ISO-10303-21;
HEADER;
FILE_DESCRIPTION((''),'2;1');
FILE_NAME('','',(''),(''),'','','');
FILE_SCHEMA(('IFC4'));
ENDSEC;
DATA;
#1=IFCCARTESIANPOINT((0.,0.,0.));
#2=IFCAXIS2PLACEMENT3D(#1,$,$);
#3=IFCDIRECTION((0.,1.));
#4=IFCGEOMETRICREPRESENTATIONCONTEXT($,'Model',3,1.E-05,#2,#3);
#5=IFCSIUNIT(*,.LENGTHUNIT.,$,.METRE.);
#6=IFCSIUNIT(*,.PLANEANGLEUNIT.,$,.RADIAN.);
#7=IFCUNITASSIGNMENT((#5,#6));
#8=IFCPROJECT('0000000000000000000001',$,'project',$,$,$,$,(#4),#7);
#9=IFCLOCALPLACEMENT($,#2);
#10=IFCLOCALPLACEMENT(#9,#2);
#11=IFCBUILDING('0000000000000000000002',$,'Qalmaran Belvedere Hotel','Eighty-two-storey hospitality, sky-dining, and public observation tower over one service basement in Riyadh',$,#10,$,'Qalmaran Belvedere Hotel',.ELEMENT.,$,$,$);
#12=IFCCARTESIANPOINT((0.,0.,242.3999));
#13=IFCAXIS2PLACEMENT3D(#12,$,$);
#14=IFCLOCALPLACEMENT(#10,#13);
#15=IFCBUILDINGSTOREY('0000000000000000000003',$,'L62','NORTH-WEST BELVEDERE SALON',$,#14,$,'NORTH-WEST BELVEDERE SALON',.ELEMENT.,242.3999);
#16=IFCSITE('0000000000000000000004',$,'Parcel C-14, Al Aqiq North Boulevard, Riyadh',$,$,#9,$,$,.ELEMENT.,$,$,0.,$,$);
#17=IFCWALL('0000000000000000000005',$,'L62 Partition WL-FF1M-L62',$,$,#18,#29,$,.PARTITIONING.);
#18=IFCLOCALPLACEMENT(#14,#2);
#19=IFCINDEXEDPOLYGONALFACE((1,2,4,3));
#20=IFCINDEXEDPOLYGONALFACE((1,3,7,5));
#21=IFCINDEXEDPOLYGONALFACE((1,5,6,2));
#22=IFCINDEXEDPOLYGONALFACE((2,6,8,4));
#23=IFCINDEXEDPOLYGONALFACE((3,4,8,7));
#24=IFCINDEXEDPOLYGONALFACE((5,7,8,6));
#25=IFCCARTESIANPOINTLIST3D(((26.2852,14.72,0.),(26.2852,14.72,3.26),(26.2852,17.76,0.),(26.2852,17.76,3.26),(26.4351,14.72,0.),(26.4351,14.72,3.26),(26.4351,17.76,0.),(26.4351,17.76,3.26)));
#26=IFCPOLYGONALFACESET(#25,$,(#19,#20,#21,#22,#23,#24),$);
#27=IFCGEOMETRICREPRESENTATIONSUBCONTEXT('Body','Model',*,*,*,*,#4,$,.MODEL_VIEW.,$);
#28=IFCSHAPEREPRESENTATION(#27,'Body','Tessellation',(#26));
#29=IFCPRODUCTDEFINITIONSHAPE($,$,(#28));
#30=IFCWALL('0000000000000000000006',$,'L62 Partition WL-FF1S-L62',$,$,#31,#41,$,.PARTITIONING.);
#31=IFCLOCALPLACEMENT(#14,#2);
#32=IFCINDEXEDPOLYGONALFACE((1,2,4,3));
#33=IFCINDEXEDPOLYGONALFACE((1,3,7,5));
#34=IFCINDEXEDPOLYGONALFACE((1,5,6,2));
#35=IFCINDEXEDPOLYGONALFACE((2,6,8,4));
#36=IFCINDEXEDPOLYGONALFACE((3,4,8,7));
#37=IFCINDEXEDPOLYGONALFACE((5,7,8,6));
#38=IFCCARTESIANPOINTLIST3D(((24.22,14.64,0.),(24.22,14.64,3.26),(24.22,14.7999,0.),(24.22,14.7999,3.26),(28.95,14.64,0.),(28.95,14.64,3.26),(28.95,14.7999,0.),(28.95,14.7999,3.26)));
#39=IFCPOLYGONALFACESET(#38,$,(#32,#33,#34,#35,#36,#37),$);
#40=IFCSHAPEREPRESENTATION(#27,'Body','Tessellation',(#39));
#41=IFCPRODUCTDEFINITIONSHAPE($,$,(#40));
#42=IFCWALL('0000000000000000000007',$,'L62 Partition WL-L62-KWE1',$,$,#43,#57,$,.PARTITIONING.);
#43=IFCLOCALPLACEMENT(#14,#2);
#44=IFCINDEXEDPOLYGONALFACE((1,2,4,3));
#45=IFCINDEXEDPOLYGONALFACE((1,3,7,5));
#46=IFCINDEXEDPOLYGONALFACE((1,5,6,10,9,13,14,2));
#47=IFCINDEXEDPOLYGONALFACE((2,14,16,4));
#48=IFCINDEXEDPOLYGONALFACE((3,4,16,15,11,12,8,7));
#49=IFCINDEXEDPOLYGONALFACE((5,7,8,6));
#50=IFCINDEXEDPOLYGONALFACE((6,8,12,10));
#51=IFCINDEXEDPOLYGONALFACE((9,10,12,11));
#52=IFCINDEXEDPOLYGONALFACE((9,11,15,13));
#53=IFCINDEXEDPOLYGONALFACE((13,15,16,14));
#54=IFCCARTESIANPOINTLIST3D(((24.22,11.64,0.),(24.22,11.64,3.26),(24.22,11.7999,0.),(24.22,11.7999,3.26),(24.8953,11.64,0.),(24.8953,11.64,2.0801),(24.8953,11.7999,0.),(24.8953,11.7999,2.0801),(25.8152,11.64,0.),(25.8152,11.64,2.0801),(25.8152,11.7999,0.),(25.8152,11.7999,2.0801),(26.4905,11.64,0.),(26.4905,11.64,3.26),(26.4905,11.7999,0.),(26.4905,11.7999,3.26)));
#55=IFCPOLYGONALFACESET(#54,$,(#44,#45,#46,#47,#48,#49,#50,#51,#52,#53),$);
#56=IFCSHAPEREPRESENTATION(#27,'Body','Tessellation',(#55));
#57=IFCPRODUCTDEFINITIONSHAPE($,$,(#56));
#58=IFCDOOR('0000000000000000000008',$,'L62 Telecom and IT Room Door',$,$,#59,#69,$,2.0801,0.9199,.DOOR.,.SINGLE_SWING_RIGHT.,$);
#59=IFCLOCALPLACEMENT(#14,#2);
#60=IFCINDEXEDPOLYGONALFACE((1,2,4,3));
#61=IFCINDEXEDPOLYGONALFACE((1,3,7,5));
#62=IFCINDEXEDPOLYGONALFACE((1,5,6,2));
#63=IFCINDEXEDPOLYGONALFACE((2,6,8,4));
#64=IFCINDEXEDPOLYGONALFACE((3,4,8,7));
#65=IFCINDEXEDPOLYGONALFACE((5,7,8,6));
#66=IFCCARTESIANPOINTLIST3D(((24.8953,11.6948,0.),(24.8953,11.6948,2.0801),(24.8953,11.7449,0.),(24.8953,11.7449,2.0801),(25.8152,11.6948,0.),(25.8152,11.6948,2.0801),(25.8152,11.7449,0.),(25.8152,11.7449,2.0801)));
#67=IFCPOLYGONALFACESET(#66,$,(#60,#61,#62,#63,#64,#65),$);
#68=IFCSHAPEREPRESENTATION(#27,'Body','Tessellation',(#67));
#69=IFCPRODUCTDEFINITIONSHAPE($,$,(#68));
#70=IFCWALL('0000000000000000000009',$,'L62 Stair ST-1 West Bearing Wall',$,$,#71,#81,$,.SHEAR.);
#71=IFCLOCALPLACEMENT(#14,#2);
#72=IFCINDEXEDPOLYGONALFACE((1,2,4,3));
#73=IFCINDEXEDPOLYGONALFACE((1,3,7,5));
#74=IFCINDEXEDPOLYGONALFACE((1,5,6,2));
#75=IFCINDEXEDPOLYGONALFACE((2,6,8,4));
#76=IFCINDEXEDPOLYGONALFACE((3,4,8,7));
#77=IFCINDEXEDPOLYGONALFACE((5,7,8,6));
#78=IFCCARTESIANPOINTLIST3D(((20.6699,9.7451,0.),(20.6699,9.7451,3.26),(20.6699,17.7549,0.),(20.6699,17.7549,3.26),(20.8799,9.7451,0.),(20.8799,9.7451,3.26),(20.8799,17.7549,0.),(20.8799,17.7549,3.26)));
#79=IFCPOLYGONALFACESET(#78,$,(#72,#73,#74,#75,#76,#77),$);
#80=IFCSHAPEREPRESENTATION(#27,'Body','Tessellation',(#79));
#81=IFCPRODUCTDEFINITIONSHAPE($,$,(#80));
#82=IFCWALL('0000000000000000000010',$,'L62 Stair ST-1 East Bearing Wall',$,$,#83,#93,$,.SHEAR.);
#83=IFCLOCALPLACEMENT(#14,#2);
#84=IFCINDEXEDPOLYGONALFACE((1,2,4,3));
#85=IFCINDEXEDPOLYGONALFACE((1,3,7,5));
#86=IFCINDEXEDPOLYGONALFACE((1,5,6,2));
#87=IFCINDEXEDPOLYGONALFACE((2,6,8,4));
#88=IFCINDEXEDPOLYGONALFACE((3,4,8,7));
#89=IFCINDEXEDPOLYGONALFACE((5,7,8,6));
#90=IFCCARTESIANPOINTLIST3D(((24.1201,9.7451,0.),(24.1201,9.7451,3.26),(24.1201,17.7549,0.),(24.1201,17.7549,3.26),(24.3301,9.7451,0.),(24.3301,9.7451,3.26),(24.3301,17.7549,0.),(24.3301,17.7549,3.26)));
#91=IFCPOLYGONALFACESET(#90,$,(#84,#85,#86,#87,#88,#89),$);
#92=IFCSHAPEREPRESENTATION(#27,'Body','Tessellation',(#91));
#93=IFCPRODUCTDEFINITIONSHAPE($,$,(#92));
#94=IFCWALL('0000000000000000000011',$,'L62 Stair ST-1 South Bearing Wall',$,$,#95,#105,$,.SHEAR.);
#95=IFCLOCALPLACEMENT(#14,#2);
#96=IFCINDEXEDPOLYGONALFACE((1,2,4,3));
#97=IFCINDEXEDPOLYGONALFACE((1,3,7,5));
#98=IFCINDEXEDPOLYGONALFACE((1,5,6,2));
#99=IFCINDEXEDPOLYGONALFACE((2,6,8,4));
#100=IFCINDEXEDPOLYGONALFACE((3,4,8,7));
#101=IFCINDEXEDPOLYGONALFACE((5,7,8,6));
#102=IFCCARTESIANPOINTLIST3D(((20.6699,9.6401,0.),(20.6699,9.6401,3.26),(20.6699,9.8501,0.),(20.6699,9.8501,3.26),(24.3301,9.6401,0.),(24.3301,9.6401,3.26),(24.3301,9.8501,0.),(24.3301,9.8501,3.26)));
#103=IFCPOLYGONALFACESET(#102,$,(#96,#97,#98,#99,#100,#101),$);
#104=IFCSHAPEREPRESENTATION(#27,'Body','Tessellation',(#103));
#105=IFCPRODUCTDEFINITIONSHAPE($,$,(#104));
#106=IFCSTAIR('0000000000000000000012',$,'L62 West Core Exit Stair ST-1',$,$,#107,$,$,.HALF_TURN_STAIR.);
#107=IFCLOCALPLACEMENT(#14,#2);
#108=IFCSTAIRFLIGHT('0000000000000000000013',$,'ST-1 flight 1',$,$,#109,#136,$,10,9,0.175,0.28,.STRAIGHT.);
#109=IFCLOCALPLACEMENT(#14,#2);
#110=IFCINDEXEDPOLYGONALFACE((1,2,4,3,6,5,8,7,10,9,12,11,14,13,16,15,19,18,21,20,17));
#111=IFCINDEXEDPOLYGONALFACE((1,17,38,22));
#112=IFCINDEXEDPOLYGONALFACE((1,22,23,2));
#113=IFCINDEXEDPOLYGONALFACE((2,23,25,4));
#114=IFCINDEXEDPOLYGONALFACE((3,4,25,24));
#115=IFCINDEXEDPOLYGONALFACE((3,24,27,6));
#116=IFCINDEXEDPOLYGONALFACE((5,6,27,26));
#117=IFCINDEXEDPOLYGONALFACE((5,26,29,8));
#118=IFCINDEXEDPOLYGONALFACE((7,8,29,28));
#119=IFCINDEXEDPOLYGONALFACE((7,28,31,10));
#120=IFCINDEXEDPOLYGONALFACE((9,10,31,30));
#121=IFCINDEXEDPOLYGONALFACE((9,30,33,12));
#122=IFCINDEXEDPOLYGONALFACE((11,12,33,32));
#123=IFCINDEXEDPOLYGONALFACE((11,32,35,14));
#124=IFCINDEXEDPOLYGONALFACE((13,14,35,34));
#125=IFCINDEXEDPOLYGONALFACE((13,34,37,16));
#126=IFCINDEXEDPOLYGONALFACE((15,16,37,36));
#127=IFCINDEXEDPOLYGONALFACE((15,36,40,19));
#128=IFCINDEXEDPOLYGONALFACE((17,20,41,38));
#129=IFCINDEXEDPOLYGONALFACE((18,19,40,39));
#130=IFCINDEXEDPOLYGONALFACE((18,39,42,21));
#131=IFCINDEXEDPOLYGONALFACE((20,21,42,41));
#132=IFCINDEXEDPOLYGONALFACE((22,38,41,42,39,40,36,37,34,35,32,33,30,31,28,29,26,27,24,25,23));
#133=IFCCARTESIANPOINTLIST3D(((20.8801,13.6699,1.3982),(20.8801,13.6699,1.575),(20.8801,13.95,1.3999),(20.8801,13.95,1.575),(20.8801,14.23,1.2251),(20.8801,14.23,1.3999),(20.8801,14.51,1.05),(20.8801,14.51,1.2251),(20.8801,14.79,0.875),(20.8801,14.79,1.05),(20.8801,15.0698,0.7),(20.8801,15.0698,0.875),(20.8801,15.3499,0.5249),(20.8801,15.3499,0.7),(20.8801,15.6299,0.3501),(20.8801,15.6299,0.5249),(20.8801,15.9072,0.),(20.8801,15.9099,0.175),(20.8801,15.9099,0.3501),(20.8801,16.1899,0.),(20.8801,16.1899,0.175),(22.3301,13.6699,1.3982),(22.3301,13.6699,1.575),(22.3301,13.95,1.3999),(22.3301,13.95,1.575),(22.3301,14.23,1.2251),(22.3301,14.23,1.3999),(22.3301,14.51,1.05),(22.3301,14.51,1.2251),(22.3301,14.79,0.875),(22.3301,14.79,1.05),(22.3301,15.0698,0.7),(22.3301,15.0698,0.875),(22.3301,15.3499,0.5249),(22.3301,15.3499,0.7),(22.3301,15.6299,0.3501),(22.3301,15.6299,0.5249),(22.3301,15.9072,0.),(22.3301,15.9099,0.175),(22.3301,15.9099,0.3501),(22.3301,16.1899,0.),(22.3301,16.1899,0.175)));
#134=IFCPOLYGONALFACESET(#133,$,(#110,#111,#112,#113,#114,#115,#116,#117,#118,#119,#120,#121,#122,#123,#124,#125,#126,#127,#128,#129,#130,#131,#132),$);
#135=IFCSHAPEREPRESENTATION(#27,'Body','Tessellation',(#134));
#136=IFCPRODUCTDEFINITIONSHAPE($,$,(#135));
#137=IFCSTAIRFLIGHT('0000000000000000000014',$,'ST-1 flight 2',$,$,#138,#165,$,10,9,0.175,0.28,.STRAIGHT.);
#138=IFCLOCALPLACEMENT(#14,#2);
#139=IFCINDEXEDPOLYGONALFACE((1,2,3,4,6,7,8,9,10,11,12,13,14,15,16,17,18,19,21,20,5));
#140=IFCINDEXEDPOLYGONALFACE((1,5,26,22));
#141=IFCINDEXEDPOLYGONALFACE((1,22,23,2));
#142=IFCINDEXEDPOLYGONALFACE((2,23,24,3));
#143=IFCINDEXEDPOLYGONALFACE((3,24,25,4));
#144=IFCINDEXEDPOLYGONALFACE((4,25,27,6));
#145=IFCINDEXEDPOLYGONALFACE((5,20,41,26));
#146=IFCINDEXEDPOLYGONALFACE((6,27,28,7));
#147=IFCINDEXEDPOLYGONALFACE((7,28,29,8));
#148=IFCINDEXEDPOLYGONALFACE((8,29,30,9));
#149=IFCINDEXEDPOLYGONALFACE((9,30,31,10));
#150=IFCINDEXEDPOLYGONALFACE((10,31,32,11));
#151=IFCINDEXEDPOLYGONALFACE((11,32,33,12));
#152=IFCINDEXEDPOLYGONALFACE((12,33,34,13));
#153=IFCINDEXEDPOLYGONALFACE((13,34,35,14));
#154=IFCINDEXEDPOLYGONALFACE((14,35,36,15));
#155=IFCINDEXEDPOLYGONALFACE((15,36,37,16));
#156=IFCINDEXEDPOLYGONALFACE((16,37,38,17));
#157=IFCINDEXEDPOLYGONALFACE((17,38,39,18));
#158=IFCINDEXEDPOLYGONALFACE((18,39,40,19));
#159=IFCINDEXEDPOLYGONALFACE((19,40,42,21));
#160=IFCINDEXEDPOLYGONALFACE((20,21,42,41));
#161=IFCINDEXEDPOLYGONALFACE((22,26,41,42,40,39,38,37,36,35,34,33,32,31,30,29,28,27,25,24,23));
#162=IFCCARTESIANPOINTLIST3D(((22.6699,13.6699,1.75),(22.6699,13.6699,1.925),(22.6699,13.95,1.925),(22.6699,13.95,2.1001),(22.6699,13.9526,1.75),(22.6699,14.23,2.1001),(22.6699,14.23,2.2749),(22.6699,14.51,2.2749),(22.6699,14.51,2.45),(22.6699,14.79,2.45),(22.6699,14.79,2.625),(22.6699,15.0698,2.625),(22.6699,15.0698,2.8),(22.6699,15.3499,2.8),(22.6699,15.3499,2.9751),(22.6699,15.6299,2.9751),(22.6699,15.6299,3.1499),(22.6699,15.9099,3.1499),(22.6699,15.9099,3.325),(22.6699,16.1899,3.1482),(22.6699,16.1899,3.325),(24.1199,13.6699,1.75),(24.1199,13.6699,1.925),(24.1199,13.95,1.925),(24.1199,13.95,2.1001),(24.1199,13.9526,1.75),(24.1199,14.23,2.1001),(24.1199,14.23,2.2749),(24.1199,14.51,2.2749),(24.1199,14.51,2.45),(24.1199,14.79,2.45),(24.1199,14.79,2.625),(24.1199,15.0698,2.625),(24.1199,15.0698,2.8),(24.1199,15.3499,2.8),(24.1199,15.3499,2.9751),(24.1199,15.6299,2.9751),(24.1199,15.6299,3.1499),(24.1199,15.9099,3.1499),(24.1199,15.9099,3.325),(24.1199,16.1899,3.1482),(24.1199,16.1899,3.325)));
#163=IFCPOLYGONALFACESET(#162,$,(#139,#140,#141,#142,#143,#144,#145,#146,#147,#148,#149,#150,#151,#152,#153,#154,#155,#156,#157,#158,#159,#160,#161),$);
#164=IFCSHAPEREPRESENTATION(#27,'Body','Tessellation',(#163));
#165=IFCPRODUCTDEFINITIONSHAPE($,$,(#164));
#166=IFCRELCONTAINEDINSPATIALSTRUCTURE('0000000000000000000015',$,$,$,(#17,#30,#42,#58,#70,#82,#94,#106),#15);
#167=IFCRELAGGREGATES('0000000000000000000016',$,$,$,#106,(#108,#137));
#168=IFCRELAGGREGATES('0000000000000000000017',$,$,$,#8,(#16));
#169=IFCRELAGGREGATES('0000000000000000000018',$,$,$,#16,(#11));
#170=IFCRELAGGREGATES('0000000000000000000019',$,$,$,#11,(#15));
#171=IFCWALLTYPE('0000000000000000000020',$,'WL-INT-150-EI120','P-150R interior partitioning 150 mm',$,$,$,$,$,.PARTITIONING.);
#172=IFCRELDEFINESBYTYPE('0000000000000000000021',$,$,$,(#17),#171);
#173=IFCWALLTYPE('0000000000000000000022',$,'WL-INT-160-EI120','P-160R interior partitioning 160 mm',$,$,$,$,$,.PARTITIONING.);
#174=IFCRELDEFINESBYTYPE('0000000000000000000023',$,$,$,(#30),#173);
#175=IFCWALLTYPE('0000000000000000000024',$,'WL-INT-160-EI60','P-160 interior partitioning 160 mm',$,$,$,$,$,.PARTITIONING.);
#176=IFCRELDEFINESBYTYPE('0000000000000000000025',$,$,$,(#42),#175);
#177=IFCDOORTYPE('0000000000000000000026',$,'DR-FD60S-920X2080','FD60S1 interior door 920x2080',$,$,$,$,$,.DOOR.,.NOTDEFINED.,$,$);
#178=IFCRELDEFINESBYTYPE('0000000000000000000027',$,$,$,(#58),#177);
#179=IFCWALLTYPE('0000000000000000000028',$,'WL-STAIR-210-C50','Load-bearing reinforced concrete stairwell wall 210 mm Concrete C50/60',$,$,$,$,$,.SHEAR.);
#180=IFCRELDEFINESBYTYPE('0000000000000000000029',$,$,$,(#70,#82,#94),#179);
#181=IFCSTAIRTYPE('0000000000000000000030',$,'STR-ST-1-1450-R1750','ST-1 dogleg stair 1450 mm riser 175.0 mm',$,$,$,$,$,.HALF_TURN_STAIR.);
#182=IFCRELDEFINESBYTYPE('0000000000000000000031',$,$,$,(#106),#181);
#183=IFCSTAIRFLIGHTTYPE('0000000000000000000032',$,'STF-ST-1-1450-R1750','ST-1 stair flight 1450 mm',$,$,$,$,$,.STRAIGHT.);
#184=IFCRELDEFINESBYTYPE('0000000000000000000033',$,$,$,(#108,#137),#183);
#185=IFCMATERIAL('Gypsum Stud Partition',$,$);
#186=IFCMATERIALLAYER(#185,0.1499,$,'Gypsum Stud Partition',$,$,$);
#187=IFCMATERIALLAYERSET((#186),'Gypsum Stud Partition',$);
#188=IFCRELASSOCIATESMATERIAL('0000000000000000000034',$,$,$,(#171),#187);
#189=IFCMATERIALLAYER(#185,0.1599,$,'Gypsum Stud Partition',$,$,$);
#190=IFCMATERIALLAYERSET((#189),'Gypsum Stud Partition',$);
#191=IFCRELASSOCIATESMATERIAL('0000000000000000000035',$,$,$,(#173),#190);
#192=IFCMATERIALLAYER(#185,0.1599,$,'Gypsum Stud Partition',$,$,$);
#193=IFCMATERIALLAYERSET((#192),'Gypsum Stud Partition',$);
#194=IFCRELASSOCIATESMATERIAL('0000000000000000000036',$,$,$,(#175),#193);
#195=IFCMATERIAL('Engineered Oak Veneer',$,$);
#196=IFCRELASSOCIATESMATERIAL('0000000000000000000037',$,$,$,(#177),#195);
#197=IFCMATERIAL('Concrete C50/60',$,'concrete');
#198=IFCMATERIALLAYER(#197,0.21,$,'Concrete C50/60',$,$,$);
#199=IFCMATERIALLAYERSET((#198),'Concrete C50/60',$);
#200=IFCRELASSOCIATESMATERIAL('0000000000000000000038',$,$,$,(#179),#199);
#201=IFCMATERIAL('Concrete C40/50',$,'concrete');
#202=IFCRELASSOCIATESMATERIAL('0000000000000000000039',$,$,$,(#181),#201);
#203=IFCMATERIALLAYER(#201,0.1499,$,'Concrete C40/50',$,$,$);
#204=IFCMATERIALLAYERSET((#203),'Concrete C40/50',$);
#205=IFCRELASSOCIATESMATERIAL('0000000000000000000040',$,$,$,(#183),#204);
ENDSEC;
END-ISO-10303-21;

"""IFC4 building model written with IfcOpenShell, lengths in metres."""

from ifc_helpers import new_model, si_unit, direction, frame, frame_2d, origin, place, context, subcontext, project, spatial, polyline, rectangle, outline, extrude, material, layer, layer_set, type_object, element, fill, aggregate, save


model = new_model("IFC4")

# Units and contexts
model_context = context("Model", 3, precision=1e-05, world=origin(), true_north=direction((0.0, 1.0)))
body_context = subcontext(model_context, "Body", "Model", "MODEL_VIEW")
ifc_project = project(units=[si_unit("LENGTHUNIT", "METRE"), si_unit("PLANEANGLEUNIT", "RADIAN")], contexts=[model_context])

# Site, building, storey
site_placement = place(None, origin())
site = spatial("IfcSite", under=ifc_project, at=site_placement, Name="Parcel C-14, Al Aqiq North Boulevard, Riyadh", CompositionType="ELEMENT", RefElevation=0.0)
building_placement = place(site_placement, origin())
building = spatial("IfcBuilding", under=site, at=building_placement, Name="Qalmaran Belvedere Hotel", Description="Eighty-two-storey hospitality, sky-dining, and public observation tower over one service basement in Riyadh", LongName="Qalmaran Belvedere Hotel", CompositionType="ELEMENT")
storey_placement = place(building_placement, frame((0.0, 0.0, 242.3999)))
storey = spatial("IfcBuildingStorey", under=building, at=storey_placement, Name="L62", Description="NORTH-WEST BELVEDERE SALON", LongName="NORTH-WEST BELVEDERE SALON", CompositionType="ELEMENT", Elevation=242.3999)

# Walls
ifc_material_1 = material(Name="Gypsum Stud Partition")
ifc_layer_1 = layer(ifc_material_1, 0.1499, Name="Gypsum Stud Partition")
ifc_layer_set_1 = layer_set([ifc_layer_1], Name="Gypsum Stud Partition")
wall_type_1 = type_object("IfcWallType", Name="WL-INT-150-EI120", Description="P-150R interior partitioning 150 mm", PredefinedType="PARTITIONING", material=ifc_layer_set_1)
wall_1_placement = place(storey_placement, frame((26.3601, 14.72, 0.0), z_axis=(0.0, 0.0, 1.0), x_axis=(0.0, 1.0, 0.0)))
element("IfcWall", 1, at=wall_1_placement, inside=storey, type_object=wall_type_1, Name="L62 Partition WL-FF1M-L62", PredefinedType="PARTITIONING", context=body_context, shape_type="SweptSolid", body=[
    extrude(rectangle(XDim=3.04, YDim=0.1499, at=frame_2d((1.52, 0.0))), origin(), (0.0, 0.0, 1.0), 3.26),
])
ifc_layer_2 = layer(ifc_material_1, 0.1599, Name="Gypsum Stud Partition")
ifc_layer_set_2 = layer_set([ifc_layer_2], Name="Gypsum Stud Partition")
wall_type_2 = type_object("IfcWallType", Name="WL-INT-160-EI120", Description="P-160R interior partitioning 160 mm", PredefinedType="PARTITIONING", material=ifc_layer_set_2)
wall_2_placement = place(storey_placement, frame((24.22, 14.72, 0.0), z_axis=(0.0, 0.0, 1.0), x_axis=(1.0, 0.0, 0.0)))
element("IfcWall", 2, at=wall_2_placement, inside=storey, type_object=wall_type_2, Name="L62 Partition WL-FF1S-L62", PredefinedType="PARTITIONING", context=body_context, shape_type="SweptSolid", body=[
    extrude(rectangle(XDim=4.73, YDim=0.1599, at=frame_2d((2.365, 0.0))), origin(), (0.0, 0.0, 1.0), 3.26),
])

# Wall, opening, door
ifc_layer_3 = layer(ifc_material_1, 0.1599, Name="Gypsum Stud Partition")
ifc_layer_set_3 = layer_set([ifc_layer_3], Name="Gypsum Stud Partition")
wall_type_3 = type_object("IfcWallType", Name="WL-INT-160-EI60", Description="P-160 interior partitioning 160 mm", PredefinedType="PARTITIONING", material=ifc_layer_set_3)
wall_3_placement = place(storey_placement, frame((24.22, 11.72, 0.0), z_axis=(0.0, 0.0, 1.0), x_axis=(1.0, 0.0, 0.0)))
wall_3 = element("IfcWall", 3, at=wall_3_placement, inside=storey, type_object=wall_type_3, Name="L62 Partition WL-L62-KWE1", PredefinedType="PARTITIONING", context=body_context, shape_type="SweptSolid", body=[
    extrude(rectangle(XDim=2.2705, YDim=0.1599, at=frame_2d((1.1353, 0.0))), origin(), (0.0, 0.0, 1.0), 3.26),
])
opening_1_placement = place(wall_3_placement, frame((0.6753, 0.0, 0.0)))
opening_1 = element("IfcOpeningElement", 4, at=opening_1_placement, cuts=wall_3, PredefinedType="OPENING", context=body_context, shape_type="SweptSolid", body=[
    extrude(rectangle(XDim=0.9199, YDim=2.0801, at=frame_2d((0.46, 1.04))), frame((0.0, 0.0898, 0.0), z_axis=(0.0, -1.0, 0.0), x_axis=(1.0, 0.0, 0.0)), (0.0, 0.0, 1.0), 0.1799),
])
ifc_material_2 = material(Name="Engineered Oak Veneer")
door_type_1 = type_object("IfcDoorType", Name="DR-FD60S-920X2080", Description="FD60S1 interior door 920x2080", OperationType="NOTDEFINED", PredefinedType="DOOR", material=ifc_material_2)
door_1_placement = place(opening_1_placement, origin())
door_1 = element("IfcDoor", 5, at=door_1_placement, inside=storey, type_object=door_type_1, Name="L62 Telecom and IT Room Door", OperationType="SINGLE_SWING_RIGHT", OverallHeight=2.0801, OverallWidth=0.9199, PredefinedType="DOOR", context=body_context, shape_type="SweptSolid", body=[
    extrude(rectangle(XDim=0.9199, YDim=2.0801, at=frame_2d((0.46, 1.04))), frame((0.0, 0.0249, 0.0), z_axis=(0.0, -1.0, 0.0), x_axis=(1.0, 0.0, 0.0)), (0.0, 0.0, 1.0), 0.05),
])
fill(opening_1, door_1)

# Walls
ifc_material_3 = material(Name="Concrete C50/60", Category="concrete")
ifc_layer_4 = layer(ifc_material_3, 0.21, Name="Concrete C50/60")
ifc_layer_set_4 = layer_set([ifc_layer_4], Name="Concrete C50/60")
wall_type_4 = type_object("IfcWallType", Name="WL-STAIR-210-C50", Description="Load-bearing reinforced concrete stairwell wall 210 mm Concrete C50/60", PredefinedType="SHEAR", material=ifc_layer_set_4)
for number, where, z_axis, x_axis, name in (
    (6, (20.7749, 9.7451, 0.0), (0.0, 0.0, 1.0), (0.0, 1.0, 0.0), "L62 Stair ST-1 West Bearing Wall"),
    (7, (24.2251, 9.7451, 0.0), (0.0, 0.0, 1.0), (0.0, 1.0, 0.0), "L62 Stair ST-1 East Bearing Wall"),
):
    element("IfcWall", number, at=place(storey_placement, frame(where, z_axis=z_axis, x_axis=x_axis)), inside=storey, type_object=wall_type_4, Name=name, PredefinedType="SHEAR", context=body_context, shape_type="SweptSolid", body=[
        extrude(rectangle(XDim=8.0098, YDim=0.21, at=frame_2d((4.0049, 0.0))), origin(), (0.0, 0.0, 1.0), 3.26),
    ])
wall_4_placement = place(storey_placement, frame((20.6699, 9.7451, 0.0), z_axis=(0.0, 0.0, 1.0), x_axis=(1.0, 0.0, 0.0)))
element("IfcWall", 8, at=wall_4_placement, inside=storey, type_object=wall_type_4, Name="L62 Stair ST-1 South Bearing Wall", PredefinedType="SHEAR", context=body_context, shape_type="SweptSolid", body=[
    extrude(rectangle(XDim=3.6602, YDim=0.21, at=frame_2d((1.8301, 0.0))), origin(), (0.0, 0.0, 1.0), 3.26),
])

# Stair, stair flights
ifc_material_4 = material(Name="Concrete C40/50", Category="concrete")
stair_type = type_object("IfcStairType", Name="STR-ST-1-1450-R1750", Description="ST-1 dogleg stair 1450 mm riser 175.0 mm", PredefinedType="HALF_TURN_STAIR", material=ifc_material_4)
stair_placement = place(storey_placement, origin())
stair = element("IfcStair", 9, at=stair_placement, inside=storey, type_object=stair_type, Name="L62 West Core Exit Stair ST-1", PredefinedType="HALF_TURN_STAIR")
ifc_layer_5 = layer(ifc_material_4, 0.1499, Name="Concrete C40/50")
ifc_layer_set_5 = layer_set([ifc_layer_5], Name="Concrete C40/50")
stair_flight_type = type_object("IfcStairFlightType", Name="STF-ST-1-1450-R1750", Description="ST-1 stair flight 1450 mm", PredefinedType="STRAIGHT", material=ifc_layer_set_5)
stair_flight_1_placement = place(storey_placement, frame((21.605, 16.1899, 0.0), z_axis=(0.0, 0.0, 1.0), x_axis=(0.0, -1.0, 0.0)))
stair_flight_1 = element("IfcStairFlight", 10, at=stair_flight_1_placement, type_object=stair_flight_type, Name="ST-1 flight 1", NumberOfRisers=10, NumberOfTreads=9, PredefinedType="STRAIGHT", RiserHeight=0.175, TreadLength=0.28, context=body_context, shape_type="SweptSolid", body=[
    extrude(outline(polyline([(0.0, 0.0), (0.0, 0.175), (0.28, 0.175), (0.28, 0.3501), (0.5601, 0.3501), (0.5601, 0.5249), (0.8401, 0.5249), (0.8401, 0.7), (1.1201, 0.7), (1.1201, 0.875), (1.3999, 0.875), (1.3999, 1.05), (1.6799, 1.05), (1.6799, 1.2251), (1.96, 1.2251), (1.96, 1.3999), (2.24, 1.3999), (2.24, 1.575), (2.52, 1.575), (2.52, 1.75), (2.52, 1.3982), (0.2827, 0.0), (0.0, 0.0)])), frame((0.0, 0.7251, 0.0), z_axis=(0.0, -1.0, 0.0), x_axis=(1.0, 0.0, 0.0)), (0.0, 0.0, 1.0), 1.45),
])
stair_flight_2_placement = place(storey_placement, frame((23.395, 13.6699, 1.75), z_axis=(0.0, 0.0, 1.0), x_axis=(0.0, 1.0, 0.0)))
stair_flight_2 = element("IfcStairFlight", 11, at=stair_flight_2_placement, type_object=stair_flight_type, Name="ST-1 flight 2", NumberOfRisers=10, NumberOfTreads=9, PredefinedType="STRAIGHT", RiserHeight=0.175, TreadLength=0.28, context=body_context, shape_type="SweptSolid", body=[
    extrude(outline(polyline([(0.0, 0.0), (0.0, 0.175), (0.28, 0.175), (0.28, 0.3501), (0.5601, 0.3501), (0.5601, 0.5249), (0.8401, 0.5249), (0.8401, 0.7), (1.1201, 0.7), (1.1201, 0.875), (1.3999, 0.875), (1.3999, 1.05), (1.6799, 1.05), (1.6799, 1.2251), (1.96, 1.2251), (1.96, 1.3999), (2.24, 1.3999), (2.24, 1.575), (2.52, 1.575), (2.52, 1.75), (2.52, 1.3982), (0.2827, 0.0), (0.0, 0.0)])), frame((0.0, 0.7251, 0.0), z_axis=(0.0, -1.0, 0.0), x_axis=(1.0, 0.0, 0.0)), (0.0, 0.0, 1.0), 1.45),
])
aggregate(stair, [stair_flight_1, stair_flight_2])

save(model, "model.ifc")
